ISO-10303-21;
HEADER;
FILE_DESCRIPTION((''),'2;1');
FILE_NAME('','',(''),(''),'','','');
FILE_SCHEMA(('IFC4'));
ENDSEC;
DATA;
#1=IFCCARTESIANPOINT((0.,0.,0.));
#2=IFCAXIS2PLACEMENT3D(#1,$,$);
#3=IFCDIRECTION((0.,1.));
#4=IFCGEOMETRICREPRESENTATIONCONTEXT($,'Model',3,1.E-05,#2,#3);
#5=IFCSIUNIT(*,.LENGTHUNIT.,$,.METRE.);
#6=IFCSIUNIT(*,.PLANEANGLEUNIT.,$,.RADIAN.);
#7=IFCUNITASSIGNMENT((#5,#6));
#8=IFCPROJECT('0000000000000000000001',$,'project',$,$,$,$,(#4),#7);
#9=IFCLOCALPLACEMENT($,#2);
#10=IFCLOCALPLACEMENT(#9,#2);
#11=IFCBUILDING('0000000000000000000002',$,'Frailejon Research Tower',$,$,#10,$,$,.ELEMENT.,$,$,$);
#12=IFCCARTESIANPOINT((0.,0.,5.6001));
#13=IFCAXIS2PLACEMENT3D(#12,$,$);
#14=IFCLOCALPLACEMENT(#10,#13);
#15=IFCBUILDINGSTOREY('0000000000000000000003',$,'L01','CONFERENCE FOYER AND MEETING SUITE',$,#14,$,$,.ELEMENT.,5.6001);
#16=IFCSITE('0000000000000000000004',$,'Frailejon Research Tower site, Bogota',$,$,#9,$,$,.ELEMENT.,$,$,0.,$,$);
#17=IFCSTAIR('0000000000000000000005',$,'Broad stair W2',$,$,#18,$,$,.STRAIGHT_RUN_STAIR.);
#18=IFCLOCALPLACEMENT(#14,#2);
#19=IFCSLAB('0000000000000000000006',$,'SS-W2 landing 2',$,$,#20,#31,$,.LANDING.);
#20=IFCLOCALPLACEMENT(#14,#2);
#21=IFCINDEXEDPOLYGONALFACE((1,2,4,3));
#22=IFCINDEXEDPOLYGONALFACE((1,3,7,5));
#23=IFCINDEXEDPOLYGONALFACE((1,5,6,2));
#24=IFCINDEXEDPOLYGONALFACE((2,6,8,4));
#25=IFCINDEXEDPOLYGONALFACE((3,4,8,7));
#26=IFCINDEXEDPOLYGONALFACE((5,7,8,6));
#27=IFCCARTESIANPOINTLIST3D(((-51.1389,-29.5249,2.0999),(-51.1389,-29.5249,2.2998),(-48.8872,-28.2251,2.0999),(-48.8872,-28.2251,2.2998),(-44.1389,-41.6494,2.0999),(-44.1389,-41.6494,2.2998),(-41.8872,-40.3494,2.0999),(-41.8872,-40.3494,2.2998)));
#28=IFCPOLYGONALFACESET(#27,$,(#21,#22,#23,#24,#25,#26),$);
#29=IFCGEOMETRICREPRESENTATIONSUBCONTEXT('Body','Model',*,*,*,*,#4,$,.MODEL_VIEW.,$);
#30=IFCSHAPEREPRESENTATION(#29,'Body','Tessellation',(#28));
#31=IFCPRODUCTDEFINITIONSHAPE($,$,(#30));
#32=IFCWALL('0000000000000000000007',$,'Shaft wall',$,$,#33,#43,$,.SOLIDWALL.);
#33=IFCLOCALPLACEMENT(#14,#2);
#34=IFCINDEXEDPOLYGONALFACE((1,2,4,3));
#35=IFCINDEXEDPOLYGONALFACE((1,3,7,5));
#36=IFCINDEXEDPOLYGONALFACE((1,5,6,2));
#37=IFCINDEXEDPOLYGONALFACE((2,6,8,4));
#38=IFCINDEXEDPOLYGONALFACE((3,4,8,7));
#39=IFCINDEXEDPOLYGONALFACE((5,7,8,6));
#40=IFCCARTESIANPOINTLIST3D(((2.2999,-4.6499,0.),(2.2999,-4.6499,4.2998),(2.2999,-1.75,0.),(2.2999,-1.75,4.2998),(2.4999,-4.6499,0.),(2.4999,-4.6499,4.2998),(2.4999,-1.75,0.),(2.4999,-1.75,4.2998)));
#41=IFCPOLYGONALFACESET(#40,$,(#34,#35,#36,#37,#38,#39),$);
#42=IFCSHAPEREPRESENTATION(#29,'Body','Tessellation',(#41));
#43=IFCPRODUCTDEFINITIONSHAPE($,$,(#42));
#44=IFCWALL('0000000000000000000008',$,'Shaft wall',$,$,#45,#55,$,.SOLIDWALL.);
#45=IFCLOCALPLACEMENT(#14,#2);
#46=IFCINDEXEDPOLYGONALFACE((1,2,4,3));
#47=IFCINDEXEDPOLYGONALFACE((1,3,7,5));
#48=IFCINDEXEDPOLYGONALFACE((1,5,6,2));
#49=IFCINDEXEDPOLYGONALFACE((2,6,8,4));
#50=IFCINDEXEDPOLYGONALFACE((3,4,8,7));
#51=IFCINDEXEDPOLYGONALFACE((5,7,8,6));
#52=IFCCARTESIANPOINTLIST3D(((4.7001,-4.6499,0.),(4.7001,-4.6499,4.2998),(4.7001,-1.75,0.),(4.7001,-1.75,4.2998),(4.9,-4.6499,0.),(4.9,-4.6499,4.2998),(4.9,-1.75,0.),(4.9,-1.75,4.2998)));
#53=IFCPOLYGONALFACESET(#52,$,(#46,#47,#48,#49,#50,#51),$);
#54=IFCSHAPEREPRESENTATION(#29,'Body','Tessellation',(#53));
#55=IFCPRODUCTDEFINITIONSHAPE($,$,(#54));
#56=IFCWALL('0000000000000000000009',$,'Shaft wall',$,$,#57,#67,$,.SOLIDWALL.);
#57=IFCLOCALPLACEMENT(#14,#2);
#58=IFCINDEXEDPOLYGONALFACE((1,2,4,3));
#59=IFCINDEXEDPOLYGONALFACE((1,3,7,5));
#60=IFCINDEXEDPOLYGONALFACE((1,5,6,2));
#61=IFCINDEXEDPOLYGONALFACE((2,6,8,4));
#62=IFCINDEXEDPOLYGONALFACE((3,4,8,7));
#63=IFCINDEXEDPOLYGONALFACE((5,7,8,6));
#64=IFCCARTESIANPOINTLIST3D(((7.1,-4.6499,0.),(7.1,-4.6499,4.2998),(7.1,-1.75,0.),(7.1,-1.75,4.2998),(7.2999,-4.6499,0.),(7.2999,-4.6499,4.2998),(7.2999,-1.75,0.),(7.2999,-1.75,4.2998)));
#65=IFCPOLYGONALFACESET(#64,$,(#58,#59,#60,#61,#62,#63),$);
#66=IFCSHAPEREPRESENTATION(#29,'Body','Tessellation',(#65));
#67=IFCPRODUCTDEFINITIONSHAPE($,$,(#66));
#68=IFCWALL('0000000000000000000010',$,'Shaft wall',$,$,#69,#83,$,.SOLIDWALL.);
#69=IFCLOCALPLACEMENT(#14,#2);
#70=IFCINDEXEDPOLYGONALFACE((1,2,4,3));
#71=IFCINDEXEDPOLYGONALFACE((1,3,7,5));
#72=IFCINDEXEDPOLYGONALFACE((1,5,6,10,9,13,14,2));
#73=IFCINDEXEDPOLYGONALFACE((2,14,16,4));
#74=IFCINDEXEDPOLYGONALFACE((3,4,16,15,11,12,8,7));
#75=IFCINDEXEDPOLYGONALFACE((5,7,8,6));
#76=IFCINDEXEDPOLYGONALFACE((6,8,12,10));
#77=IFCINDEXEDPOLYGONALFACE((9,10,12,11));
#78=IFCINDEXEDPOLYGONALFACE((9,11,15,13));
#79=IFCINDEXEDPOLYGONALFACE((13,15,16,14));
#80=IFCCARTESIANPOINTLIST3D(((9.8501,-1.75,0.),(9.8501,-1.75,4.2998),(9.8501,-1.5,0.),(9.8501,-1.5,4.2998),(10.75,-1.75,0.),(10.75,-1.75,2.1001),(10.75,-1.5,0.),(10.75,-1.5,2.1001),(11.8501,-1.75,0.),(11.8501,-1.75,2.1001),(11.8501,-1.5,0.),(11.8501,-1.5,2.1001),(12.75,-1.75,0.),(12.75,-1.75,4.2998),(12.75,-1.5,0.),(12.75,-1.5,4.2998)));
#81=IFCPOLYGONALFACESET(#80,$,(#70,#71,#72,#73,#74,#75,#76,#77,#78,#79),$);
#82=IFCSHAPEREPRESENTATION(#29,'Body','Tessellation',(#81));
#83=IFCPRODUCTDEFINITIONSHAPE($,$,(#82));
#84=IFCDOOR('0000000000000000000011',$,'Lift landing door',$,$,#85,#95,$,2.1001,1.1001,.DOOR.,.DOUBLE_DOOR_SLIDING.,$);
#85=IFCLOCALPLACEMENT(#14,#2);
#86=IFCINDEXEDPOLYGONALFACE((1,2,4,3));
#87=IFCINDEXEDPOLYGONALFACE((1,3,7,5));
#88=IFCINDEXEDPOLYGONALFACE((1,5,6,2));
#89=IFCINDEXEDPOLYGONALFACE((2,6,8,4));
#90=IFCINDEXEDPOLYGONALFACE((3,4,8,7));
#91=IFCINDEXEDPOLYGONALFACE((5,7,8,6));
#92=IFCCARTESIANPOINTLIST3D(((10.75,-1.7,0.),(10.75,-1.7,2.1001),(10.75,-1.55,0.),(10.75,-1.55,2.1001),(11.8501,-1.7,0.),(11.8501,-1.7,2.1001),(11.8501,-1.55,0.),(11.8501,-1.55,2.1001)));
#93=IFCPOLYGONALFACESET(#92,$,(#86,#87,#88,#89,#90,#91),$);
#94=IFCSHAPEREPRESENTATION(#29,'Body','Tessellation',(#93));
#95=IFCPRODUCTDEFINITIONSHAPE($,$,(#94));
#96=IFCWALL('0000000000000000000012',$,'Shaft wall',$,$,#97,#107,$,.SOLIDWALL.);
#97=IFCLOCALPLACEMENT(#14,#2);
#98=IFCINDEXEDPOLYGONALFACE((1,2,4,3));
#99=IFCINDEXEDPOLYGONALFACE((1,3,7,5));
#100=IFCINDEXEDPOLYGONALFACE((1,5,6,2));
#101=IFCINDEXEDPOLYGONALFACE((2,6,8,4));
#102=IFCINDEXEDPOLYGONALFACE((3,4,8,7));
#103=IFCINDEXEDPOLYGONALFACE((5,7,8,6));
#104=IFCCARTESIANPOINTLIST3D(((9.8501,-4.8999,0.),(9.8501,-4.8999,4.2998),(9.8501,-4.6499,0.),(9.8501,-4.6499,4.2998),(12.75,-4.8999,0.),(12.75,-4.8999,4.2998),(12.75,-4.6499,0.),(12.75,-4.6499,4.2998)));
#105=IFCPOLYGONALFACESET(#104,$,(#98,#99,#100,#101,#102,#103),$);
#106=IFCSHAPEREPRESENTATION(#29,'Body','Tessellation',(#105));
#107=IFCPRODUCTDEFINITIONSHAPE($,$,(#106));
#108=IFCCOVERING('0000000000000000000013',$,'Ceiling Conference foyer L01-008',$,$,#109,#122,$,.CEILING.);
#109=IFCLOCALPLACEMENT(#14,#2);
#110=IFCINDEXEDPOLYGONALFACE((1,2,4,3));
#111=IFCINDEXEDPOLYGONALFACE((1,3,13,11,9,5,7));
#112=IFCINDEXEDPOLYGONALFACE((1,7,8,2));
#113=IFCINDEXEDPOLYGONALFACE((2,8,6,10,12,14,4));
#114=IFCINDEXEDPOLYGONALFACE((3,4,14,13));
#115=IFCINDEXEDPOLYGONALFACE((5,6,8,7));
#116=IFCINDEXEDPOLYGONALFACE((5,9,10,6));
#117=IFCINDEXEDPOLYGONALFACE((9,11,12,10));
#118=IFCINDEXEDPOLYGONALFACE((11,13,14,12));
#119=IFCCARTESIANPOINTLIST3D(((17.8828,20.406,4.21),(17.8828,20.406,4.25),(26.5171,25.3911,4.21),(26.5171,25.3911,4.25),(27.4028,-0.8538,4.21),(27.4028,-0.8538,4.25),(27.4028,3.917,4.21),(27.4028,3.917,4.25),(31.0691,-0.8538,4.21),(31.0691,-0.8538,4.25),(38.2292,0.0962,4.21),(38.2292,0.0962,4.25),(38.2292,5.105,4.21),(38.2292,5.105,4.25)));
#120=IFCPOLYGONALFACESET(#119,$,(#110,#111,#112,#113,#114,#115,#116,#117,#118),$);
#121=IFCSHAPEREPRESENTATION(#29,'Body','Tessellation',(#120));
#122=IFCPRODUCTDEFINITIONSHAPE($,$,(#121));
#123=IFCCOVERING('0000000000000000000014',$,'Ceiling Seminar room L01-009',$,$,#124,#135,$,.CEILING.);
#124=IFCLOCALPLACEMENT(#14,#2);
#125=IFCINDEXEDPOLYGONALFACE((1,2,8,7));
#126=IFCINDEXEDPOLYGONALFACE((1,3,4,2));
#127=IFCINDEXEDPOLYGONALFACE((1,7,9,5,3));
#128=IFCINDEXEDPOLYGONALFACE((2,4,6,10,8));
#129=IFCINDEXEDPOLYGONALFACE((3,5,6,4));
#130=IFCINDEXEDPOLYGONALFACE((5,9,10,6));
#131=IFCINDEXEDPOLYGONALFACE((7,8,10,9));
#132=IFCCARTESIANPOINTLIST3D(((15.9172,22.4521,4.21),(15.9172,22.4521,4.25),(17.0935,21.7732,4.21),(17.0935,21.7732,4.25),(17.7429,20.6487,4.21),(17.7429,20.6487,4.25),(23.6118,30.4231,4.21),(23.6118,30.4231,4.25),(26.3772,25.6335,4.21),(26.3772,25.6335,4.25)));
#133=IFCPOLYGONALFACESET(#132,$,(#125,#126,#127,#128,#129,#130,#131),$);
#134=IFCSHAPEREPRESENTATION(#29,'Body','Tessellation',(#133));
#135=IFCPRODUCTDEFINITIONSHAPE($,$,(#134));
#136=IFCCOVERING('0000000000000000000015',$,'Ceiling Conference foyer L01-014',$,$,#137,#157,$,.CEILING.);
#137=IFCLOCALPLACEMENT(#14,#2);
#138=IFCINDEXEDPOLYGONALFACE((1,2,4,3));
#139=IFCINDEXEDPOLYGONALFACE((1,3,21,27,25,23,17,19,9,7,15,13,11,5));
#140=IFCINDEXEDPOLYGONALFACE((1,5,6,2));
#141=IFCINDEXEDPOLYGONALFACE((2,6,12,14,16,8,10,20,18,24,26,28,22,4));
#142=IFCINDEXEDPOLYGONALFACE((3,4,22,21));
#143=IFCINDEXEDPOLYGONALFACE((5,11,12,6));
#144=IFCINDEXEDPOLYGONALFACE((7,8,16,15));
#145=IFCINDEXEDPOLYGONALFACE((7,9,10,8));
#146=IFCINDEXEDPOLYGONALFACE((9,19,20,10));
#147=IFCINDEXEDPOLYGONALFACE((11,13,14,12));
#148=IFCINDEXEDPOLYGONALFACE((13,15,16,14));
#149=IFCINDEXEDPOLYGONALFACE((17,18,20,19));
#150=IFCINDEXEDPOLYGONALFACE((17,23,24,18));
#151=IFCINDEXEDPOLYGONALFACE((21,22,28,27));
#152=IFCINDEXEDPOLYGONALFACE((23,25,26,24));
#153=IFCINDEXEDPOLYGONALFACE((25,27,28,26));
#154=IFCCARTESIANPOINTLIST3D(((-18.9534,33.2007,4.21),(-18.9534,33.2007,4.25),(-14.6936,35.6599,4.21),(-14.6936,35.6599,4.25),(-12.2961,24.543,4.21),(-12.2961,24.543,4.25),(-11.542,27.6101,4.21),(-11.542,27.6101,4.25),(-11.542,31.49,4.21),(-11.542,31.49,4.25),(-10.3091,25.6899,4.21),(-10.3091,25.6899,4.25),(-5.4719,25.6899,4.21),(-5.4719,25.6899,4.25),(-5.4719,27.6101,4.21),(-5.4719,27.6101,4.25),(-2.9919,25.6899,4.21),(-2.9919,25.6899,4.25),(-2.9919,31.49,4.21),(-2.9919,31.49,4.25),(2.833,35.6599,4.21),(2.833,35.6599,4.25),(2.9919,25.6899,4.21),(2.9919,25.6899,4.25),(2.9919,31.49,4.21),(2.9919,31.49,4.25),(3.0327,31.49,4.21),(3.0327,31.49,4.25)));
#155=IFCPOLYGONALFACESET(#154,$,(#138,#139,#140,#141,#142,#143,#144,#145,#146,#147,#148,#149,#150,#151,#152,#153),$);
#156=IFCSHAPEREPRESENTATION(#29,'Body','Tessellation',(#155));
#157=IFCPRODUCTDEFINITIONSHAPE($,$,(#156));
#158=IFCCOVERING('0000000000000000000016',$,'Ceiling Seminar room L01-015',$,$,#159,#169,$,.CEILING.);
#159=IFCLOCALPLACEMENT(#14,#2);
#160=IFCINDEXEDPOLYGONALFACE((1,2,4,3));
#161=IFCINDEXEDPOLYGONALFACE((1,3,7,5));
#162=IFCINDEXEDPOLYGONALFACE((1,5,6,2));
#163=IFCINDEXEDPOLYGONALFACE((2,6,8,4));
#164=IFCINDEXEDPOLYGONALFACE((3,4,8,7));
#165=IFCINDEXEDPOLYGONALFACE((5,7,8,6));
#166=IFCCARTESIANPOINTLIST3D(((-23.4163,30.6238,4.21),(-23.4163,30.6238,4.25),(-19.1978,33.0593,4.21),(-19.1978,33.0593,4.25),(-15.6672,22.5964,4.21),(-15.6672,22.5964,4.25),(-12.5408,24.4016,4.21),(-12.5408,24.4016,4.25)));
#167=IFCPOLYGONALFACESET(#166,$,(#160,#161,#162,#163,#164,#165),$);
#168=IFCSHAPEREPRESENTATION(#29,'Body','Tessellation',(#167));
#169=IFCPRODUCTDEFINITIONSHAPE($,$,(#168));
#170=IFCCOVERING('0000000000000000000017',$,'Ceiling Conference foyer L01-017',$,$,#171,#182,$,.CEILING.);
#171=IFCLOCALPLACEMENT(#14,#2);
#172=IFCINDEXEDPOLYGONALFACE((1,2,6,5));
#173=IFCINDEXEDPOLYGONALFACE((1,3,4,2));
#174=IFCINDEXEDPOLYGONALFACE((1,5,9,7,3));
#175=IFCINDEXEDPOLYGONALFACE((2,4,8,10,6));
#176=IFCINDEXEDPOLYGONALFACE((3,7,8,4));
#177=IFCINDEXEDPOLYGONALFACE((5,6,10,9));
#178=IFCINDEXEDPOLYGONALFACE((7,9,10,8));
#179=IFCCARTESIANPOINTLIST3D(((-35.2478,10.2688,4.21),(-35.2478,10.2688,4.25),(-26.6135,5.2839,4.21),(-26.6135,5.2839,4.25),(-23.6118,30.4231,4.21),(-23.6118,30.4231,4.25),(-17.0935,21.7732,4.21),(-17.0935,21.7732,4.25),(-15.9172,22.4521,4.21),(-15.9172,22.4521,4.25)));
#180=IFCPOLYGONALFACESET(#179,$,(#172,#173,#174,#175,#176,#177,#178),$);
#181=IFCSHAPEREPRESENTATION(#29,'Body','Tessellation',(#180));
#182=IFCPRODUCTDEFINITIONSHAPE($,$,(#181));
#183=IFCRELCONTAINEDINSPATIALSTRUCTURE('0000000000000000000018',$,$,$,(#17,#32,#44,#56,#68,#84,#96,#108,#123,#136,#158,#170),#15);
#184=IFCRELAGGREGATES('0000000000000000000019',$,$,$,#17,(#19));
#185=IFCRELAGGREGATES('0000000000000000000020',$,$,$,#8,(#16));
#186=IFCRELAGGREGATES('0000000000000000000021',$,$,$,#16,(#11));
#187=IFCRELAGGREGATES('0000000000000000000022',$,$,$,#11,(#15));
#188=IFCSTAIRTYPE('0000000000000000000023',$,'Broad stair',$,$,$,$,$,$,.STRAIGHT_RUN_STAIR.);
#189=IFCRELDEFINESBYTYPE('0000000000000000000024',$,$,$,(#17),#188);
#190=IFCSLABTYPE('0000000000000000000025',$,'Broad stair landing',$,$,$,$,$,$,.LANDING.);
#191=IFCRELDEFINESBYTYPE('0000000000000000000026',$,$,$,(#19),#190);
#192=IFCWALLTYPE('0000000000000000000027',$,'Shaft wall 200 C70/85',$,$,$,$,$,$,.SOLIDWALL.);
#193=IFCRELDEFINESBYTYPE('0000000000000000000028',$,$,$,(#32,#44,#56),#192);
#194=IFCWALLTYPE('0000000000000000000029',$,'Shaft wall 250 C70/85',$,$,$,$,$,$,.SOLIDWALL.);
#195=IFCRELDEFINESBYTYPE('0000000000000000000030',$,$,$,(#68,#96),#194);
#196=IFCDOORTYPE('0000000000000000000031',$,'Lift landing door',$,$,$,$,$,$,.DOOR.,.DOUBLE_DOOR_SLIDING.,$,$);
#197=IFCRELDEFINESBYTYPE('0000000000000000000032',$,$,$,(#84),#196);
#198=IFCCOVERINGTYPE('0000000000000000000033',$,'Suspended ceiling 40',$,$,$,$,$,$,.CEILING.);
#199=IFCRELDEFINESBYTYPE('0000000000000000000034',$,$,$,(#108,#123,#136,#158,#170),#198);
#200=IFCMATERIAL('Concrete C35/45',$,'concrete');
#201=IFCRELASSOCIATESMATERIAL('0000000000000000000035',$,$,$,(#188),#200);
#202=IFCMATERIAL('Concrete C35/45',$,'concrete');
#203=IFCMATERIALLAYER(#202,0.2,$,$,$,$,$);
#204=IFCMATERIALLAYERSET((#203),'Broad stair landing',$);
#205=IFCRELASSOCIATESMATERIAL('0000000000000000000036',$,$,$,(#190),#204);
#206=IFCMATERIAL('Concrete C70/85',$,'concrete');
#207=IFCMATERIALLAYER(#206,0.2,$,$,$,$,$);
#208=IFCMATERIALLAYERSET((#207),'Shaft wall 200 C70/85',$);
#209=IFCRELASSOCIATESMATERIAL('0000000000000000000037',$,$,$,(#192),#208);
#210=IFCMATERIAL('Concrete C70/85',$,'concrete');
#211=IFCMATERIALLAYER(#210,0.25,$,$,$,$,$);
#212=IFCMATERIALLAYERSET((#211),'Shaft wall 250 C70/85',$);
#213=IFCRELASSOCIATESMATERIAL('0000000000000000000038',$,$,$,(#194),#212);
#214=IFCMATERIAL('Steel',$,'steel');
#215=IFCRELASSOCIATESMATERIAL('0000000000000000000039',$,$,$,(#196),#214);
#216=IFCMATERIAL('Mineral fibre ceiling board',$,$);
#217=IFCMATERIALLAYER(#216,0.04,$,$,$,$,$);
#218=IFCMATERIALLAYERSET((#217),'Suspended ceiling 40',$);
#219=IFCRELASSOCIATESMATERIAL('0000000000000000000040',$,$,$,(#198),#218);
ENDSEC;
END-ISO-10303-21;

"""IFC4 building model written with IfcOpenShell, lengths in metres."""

from ifc_helpers import new_model, si_unit, direction, frame, frame_2d, origin, place, context, subcontext, project, spatial, polyline, rectangle, outline, extrude, material, layer, layer_set, type_object, element, fill, aggregate, save


model = new_model("IFC4")

# Units and contexts
model_context = context("Model", 3, precision=1e-05, world=origin(), true_north=direction((0.0, 1.0)))
body_context = subcontext(model_context, "Body", "Model", "MODEL_VIEW")
ifc_project = project(units=[si_unit("LENGTHUNIT", "METRE"), si_unit("PLANEANGLEUNIT", "RADIAN")], contexts=[model_context])

# Site, building, storey
site_placement = place(None, origin())
site = spatial("IfcSite", under=ifc_project, at=site_placement, Name="Frailejon Research Tower site, Bogota", CompositionType="ELEMENT", RefElevation=0.0)
building_placement = place(site_placement, origin())
building = spatial("IfcBuilding", under=site, at=building_placement, Name="Frailejon Research Tower", CompositionType="ELEMENT")
storey_placement = place(building_placement, frame((0.0, 0.0, 5.6001)))
storey = spatial("IfcBuildingStorey", under=building, at=storey_placement, Name="L01", Description="CONFERENCE FOYER AND MEETING SUITE", CompositionType="ELEMENT", Elevation=5.6001)

# Stair, slab
ifc_material_1 = material(Name="Concrete C35/45", Category="concrete")
stair_type = type_object("IfcStairType", Name="Broad stair", PredefinedType="STRAIGHT_RUN_STAIR", material=ifc_material_1)
stair_placement = place(storey_placement, origin())
stair = element("IfcStair", 1, at=stair_placement, inside=storey, type_object=stair_type, Name="Broad stair W2", PredefinedType="STRAIGHT_RUN_STAIR")
ifc_material_2 = material(Name="Concrete C35/45", Category="concrete")
ifc_layer_1 = layer(ifc_material_2, 0.2)
ifc_layer_set_1 = layer_set([ifc_layer_1], Name="Broad stair landing")
slab_type = type_object("IfcSlabType", Name="Broad stair landing", PredefinedType="LANDING", material=ifc_layer_set_1)
slab_placement = place(storey_placement, frame((0.0, 0.0, 2.0999)))
slab = element("IfcSlab", 2, at=slab_placement, type_object=slab_type, Name="SS-W2 landing 2", PredefinedType="LANDING", context=body_context, shape_type="SweptSolid", body=[
    extrude(outline(polyline([(-48.8872, -28.2251), (-51.1389, -29.5249), (-44.1389, -41.6494), (-41.8872, -40.3494), (-48.8872, -28.2251)])), origin(), (0.0, 0.0, 1.0), 0.2),
])
aggregate(stair, [slab])

# Walls
ifc_material_3 = material(Name="Concrete C70/85", Category="concrete")
ifc_layer_2 = layer(ifc_material_3, 0.2)
ifc_layer_set_2 = layer_set([ifc_layer_2], Name="Shaft wall 200 C70/85")
wall_type_1 = type_object("IfcWallType", Name="Shaft wall 200 C70/85", PredefinedType="SOLIDWALL", material=ifc_layer_set_2)
for number, where, z_axis, x_axis, name in (
    (3, (2.3999, -4.6499, 0.0), (0.0, 0.0, 1.0), (0.0, 1.0, 0.0), "Shaft wall"),
    (4, (4.8, -4.6499, 0.0), (0.0, 0.0, 1.0), (0.0, 1.0, 0.0), "Shaft wall"),
    (5, (7.2, -4.6499, 0.0), (0.0, 0.0, 1.0), (0.0, 1.0, 0.0), "Shaft wall"),
):
    element("IfcWall", number, at=place(storey_placement, frame(where, z_axis=z_axis, x_axis=x_axis)), inside=storey, type_object=wall_type_1, Name=name, PredefinedType="SOLIDWALL", context=body_context, shape_type="SweptSolid", body=[
        extrude(rectangle(XDim=2.8999, YDim=0.2, at=frame_2d((1.45, 0.0))), origin(), (0.0, 0.0, 1.0), 4.2998),
    ])

# Wall, opening, door
ifc_material_4 = material(Name="Concrete C70/85", Category="concrete")
ifc_layer_3 = layer(ifc_material_4, 0.25)
ifc_layer_set_3 = layer_set([ifc_layer_3], Name="Shaft wall 250 C70/85")
wall_type_2 = type_object("IfcWallType", Name="Shaft wall 250 C70/85", PredefinedType="SOLIDWALL", material=ifc_layer_set_3)
wall_1_placement = place(storey_placement, frame((9.8501, -1.625, 0.0), z_axis=(0.0, 0.0, 1.0), x_axis=(1.0, 0.0, 0.0)))
wall_1 = element("IfcWall", 6, at=wall_1_placement, inside=storey, type_object=wall_type_2, Name="Shaft wall", PredefinedType="SOLIDWALL", context=body_context, shape_type="SweptSolid", body=[
    extrude(rectangle(XDim=2.8999, YDim=0.25, at=frame_2d((1.45, 0.0))), origin(), (0.0, 0.0, 1.0), 4.2998),
])
opening_placement = place(wall_1_placement, frame((0.8999, 0.0, 0.0)))
opening = element("IfcOpeningElement", 7, at=opening_placement, cuts=wall_1, PredefinedType="OPENING", context=body_context, shape_type="SweptSolid", body=[
    extrude(rectangle(XDim=1.1001, YDim=2.1001, at=frame_2d((0.55, 1.05))), frame((0.0, 0.135, 0.0), z_axis=(0.0, -1.0, 0.0), x_axis=(1.0, 0.0, 0.0)), (0.0, 0.0, 1.0), 0.27),
])
ifc_material_5 = material(Name="Steel", Category="steel")
door_type = type_object("IfcDoorType", Name="Lift landing door", OperationType="DOUBLE_DOOR_SLIDING", PredefinedType="DOOR", material=ifc_material_5)
door_placement = place(opening_placement, origin())
door = element("IfcDoor", 8, at=door_placement, inside=storey, type_object=door_type, Name="Lift landing door", OperationType="DOUBLE_DOOR_SLIDING", OverallHeight=2.1001, OverallWidth=1.1001, PredefinedType="DOOR", context=body_context, shape_type="SweptSolid", body=[
    extrude(rectangle(XDim=1.1001, YDim=2.1001, at=frame_2d((0.55, 1.05))), frame((0.0, 0.075, 0.0), z_axis=(0.0, -1.0, 0.0), x_axis=(1.0, 0.0, 0.0)), (0.0, 0.0, 1.0), 0.1499),
])
fill(opening, door)

# Wall
wall_2_placement = place(storey_placement, frame((9.8501, -4.7749, 0.0), z_axis=(0.0, 0.0, 1.0), x_axis=(1.0, 0.0, 0.0)))
element("IfcWall", 9, at=wall_2_placement, inside=storey, type_object=wall_type_2, Name="Shaft wall", PredefinedType="SOLIDWALL", context=body_context, shape_type="SweptSolid", body=[
    extrude(rectangle(XDim=2.8999, YDim=0.25, at=frame_2d((1.45, 0.0))), origin(), (0.0, 0.0, 1.0), 4.2998),
])

# Coverings
ifc_material_6 = material(Name="Mineral fibre ceiling board")
ifc_layer_4 = layer(ifc_material_6, 0.04)
ifc_layer_set_4 = layer_set([ifc_layer_4], Name="Suspended ceiling 40")
covering_type = type_object("IfcCoveringType", Name="Suspended ceiling 40", PredefinedType="CEILING", material=ifc_layer_set_4)
covering_1_placement = place(storey_placement, frame((0.0, 0.0, 4.21)))
element("IfcCovering", 10, at=covering_1_placement, inside=storey, type_object=covering_type, Name="Ceiling Conference foyer L01-008", PredefinedType="CEILING", context=body_context, shape_type="SweptSolid", body=[
    extrude(outline(polyline([(27.4028, -0.8538), (31.0691, -0.8538), (38.2292, 0.0962), (38.2292, 5.105), (26.5171, 25.3911), (17.8828, 20.406), (27.4028, 3.917), (27.4028, -0.8538)])), origin(), (0.0, 0.0, 1.0), 0.04),
])
covering_2_placement = place(storey_placement, frame((0.0, 0.0, 4.21)))
element("IfcCovering", 11, at=covering_2_placement, inside=storey, type_object=covering_type, Name="Ceiling Seminar room L01-009", PredefinedType="CEILING", context=body_context, shape_type="SweptSolid", body=[
    extrude(outline(polyline([(15.9172, 22.4521), (17.0935, 21.7732), (17.7429, 20.6487), (26.3772, 25.6335), (23.6118, 30.4231), (15.9172, 22.4521)])), origin(), (0.0, 0.0, 1.0), 0.04),
])
covering_3_placement = place(storey_placement, frame((0.0, 0.0, 4.21)))
element("IfcCovering", 12, at=covering_3_placement, inside=storey, type_object=covering_type, Name="Ceiling Conference foyer L01-014", PredefinedType="CEILING", context=body_context, shape_type="SweptSolid", body=[
    extrude(outline(polyline([(-5.4719, 25.6899), (-5.4719, 27.6101), (-11.542, 27.6101), (-11.542, 31.49), (-2.9919, 31.49), (-2.9919, 25.6899), (2.9919, 25.6899), (2.9919, 31.49), (3.0327, 31.49), (2.833, 35.6599), (-14.6936, 35.6599), (-18.9534, 33.2007), (-12.2961, 24.543), (-10.3091, 25.6899), (-5.4719, 25.6899)])), origin(), (0.0, 0.0, 1.0), 0.04),
])
covering_4_placement = place(storey_placement, frame((0.0, 0.0, 4.21)))
element("IfcCovering", 13, at=covering_4_placement, inside=storey, type_object=covering_type, Name="Ceiling Seminar room L01-015", PredefinedType="CEILING", context=body_context, shape_type="SweptSolid", body=[
    extrude(outline(polyline([(-15.6672, 22.5964), (-12.5408, 24.4016), (-19.1978, 33.0593), (-23.4163, 30.6238), (-15.6672, 22.5964)])), origin(), (0.0, 0.0, 1.0), 0.04),
])
covering_5_placement = place(storey_placement, frame((0.0, 0.0, 4.21)))
element("IfcCovering", 14, at=covering_5_placement, inside=storey, type_object=covering_type, Name="Ceiling Conference foyer L01-017", PredefinedType="CEILING", context=body_context, shape_type="SweptSolid", body=[
    extrude(outline(polyline([(-26.6135, 5.2839), (-17.0935, 21.7732), (-15.9172, 22.4521), (-23.6118, 30.4231), (-35.2478, 10.2688), (-26.6135, 5.2839)])), origin(), (0.0, 0.0, 1.0), 0.04),
])

save(model, "model.ifc")
